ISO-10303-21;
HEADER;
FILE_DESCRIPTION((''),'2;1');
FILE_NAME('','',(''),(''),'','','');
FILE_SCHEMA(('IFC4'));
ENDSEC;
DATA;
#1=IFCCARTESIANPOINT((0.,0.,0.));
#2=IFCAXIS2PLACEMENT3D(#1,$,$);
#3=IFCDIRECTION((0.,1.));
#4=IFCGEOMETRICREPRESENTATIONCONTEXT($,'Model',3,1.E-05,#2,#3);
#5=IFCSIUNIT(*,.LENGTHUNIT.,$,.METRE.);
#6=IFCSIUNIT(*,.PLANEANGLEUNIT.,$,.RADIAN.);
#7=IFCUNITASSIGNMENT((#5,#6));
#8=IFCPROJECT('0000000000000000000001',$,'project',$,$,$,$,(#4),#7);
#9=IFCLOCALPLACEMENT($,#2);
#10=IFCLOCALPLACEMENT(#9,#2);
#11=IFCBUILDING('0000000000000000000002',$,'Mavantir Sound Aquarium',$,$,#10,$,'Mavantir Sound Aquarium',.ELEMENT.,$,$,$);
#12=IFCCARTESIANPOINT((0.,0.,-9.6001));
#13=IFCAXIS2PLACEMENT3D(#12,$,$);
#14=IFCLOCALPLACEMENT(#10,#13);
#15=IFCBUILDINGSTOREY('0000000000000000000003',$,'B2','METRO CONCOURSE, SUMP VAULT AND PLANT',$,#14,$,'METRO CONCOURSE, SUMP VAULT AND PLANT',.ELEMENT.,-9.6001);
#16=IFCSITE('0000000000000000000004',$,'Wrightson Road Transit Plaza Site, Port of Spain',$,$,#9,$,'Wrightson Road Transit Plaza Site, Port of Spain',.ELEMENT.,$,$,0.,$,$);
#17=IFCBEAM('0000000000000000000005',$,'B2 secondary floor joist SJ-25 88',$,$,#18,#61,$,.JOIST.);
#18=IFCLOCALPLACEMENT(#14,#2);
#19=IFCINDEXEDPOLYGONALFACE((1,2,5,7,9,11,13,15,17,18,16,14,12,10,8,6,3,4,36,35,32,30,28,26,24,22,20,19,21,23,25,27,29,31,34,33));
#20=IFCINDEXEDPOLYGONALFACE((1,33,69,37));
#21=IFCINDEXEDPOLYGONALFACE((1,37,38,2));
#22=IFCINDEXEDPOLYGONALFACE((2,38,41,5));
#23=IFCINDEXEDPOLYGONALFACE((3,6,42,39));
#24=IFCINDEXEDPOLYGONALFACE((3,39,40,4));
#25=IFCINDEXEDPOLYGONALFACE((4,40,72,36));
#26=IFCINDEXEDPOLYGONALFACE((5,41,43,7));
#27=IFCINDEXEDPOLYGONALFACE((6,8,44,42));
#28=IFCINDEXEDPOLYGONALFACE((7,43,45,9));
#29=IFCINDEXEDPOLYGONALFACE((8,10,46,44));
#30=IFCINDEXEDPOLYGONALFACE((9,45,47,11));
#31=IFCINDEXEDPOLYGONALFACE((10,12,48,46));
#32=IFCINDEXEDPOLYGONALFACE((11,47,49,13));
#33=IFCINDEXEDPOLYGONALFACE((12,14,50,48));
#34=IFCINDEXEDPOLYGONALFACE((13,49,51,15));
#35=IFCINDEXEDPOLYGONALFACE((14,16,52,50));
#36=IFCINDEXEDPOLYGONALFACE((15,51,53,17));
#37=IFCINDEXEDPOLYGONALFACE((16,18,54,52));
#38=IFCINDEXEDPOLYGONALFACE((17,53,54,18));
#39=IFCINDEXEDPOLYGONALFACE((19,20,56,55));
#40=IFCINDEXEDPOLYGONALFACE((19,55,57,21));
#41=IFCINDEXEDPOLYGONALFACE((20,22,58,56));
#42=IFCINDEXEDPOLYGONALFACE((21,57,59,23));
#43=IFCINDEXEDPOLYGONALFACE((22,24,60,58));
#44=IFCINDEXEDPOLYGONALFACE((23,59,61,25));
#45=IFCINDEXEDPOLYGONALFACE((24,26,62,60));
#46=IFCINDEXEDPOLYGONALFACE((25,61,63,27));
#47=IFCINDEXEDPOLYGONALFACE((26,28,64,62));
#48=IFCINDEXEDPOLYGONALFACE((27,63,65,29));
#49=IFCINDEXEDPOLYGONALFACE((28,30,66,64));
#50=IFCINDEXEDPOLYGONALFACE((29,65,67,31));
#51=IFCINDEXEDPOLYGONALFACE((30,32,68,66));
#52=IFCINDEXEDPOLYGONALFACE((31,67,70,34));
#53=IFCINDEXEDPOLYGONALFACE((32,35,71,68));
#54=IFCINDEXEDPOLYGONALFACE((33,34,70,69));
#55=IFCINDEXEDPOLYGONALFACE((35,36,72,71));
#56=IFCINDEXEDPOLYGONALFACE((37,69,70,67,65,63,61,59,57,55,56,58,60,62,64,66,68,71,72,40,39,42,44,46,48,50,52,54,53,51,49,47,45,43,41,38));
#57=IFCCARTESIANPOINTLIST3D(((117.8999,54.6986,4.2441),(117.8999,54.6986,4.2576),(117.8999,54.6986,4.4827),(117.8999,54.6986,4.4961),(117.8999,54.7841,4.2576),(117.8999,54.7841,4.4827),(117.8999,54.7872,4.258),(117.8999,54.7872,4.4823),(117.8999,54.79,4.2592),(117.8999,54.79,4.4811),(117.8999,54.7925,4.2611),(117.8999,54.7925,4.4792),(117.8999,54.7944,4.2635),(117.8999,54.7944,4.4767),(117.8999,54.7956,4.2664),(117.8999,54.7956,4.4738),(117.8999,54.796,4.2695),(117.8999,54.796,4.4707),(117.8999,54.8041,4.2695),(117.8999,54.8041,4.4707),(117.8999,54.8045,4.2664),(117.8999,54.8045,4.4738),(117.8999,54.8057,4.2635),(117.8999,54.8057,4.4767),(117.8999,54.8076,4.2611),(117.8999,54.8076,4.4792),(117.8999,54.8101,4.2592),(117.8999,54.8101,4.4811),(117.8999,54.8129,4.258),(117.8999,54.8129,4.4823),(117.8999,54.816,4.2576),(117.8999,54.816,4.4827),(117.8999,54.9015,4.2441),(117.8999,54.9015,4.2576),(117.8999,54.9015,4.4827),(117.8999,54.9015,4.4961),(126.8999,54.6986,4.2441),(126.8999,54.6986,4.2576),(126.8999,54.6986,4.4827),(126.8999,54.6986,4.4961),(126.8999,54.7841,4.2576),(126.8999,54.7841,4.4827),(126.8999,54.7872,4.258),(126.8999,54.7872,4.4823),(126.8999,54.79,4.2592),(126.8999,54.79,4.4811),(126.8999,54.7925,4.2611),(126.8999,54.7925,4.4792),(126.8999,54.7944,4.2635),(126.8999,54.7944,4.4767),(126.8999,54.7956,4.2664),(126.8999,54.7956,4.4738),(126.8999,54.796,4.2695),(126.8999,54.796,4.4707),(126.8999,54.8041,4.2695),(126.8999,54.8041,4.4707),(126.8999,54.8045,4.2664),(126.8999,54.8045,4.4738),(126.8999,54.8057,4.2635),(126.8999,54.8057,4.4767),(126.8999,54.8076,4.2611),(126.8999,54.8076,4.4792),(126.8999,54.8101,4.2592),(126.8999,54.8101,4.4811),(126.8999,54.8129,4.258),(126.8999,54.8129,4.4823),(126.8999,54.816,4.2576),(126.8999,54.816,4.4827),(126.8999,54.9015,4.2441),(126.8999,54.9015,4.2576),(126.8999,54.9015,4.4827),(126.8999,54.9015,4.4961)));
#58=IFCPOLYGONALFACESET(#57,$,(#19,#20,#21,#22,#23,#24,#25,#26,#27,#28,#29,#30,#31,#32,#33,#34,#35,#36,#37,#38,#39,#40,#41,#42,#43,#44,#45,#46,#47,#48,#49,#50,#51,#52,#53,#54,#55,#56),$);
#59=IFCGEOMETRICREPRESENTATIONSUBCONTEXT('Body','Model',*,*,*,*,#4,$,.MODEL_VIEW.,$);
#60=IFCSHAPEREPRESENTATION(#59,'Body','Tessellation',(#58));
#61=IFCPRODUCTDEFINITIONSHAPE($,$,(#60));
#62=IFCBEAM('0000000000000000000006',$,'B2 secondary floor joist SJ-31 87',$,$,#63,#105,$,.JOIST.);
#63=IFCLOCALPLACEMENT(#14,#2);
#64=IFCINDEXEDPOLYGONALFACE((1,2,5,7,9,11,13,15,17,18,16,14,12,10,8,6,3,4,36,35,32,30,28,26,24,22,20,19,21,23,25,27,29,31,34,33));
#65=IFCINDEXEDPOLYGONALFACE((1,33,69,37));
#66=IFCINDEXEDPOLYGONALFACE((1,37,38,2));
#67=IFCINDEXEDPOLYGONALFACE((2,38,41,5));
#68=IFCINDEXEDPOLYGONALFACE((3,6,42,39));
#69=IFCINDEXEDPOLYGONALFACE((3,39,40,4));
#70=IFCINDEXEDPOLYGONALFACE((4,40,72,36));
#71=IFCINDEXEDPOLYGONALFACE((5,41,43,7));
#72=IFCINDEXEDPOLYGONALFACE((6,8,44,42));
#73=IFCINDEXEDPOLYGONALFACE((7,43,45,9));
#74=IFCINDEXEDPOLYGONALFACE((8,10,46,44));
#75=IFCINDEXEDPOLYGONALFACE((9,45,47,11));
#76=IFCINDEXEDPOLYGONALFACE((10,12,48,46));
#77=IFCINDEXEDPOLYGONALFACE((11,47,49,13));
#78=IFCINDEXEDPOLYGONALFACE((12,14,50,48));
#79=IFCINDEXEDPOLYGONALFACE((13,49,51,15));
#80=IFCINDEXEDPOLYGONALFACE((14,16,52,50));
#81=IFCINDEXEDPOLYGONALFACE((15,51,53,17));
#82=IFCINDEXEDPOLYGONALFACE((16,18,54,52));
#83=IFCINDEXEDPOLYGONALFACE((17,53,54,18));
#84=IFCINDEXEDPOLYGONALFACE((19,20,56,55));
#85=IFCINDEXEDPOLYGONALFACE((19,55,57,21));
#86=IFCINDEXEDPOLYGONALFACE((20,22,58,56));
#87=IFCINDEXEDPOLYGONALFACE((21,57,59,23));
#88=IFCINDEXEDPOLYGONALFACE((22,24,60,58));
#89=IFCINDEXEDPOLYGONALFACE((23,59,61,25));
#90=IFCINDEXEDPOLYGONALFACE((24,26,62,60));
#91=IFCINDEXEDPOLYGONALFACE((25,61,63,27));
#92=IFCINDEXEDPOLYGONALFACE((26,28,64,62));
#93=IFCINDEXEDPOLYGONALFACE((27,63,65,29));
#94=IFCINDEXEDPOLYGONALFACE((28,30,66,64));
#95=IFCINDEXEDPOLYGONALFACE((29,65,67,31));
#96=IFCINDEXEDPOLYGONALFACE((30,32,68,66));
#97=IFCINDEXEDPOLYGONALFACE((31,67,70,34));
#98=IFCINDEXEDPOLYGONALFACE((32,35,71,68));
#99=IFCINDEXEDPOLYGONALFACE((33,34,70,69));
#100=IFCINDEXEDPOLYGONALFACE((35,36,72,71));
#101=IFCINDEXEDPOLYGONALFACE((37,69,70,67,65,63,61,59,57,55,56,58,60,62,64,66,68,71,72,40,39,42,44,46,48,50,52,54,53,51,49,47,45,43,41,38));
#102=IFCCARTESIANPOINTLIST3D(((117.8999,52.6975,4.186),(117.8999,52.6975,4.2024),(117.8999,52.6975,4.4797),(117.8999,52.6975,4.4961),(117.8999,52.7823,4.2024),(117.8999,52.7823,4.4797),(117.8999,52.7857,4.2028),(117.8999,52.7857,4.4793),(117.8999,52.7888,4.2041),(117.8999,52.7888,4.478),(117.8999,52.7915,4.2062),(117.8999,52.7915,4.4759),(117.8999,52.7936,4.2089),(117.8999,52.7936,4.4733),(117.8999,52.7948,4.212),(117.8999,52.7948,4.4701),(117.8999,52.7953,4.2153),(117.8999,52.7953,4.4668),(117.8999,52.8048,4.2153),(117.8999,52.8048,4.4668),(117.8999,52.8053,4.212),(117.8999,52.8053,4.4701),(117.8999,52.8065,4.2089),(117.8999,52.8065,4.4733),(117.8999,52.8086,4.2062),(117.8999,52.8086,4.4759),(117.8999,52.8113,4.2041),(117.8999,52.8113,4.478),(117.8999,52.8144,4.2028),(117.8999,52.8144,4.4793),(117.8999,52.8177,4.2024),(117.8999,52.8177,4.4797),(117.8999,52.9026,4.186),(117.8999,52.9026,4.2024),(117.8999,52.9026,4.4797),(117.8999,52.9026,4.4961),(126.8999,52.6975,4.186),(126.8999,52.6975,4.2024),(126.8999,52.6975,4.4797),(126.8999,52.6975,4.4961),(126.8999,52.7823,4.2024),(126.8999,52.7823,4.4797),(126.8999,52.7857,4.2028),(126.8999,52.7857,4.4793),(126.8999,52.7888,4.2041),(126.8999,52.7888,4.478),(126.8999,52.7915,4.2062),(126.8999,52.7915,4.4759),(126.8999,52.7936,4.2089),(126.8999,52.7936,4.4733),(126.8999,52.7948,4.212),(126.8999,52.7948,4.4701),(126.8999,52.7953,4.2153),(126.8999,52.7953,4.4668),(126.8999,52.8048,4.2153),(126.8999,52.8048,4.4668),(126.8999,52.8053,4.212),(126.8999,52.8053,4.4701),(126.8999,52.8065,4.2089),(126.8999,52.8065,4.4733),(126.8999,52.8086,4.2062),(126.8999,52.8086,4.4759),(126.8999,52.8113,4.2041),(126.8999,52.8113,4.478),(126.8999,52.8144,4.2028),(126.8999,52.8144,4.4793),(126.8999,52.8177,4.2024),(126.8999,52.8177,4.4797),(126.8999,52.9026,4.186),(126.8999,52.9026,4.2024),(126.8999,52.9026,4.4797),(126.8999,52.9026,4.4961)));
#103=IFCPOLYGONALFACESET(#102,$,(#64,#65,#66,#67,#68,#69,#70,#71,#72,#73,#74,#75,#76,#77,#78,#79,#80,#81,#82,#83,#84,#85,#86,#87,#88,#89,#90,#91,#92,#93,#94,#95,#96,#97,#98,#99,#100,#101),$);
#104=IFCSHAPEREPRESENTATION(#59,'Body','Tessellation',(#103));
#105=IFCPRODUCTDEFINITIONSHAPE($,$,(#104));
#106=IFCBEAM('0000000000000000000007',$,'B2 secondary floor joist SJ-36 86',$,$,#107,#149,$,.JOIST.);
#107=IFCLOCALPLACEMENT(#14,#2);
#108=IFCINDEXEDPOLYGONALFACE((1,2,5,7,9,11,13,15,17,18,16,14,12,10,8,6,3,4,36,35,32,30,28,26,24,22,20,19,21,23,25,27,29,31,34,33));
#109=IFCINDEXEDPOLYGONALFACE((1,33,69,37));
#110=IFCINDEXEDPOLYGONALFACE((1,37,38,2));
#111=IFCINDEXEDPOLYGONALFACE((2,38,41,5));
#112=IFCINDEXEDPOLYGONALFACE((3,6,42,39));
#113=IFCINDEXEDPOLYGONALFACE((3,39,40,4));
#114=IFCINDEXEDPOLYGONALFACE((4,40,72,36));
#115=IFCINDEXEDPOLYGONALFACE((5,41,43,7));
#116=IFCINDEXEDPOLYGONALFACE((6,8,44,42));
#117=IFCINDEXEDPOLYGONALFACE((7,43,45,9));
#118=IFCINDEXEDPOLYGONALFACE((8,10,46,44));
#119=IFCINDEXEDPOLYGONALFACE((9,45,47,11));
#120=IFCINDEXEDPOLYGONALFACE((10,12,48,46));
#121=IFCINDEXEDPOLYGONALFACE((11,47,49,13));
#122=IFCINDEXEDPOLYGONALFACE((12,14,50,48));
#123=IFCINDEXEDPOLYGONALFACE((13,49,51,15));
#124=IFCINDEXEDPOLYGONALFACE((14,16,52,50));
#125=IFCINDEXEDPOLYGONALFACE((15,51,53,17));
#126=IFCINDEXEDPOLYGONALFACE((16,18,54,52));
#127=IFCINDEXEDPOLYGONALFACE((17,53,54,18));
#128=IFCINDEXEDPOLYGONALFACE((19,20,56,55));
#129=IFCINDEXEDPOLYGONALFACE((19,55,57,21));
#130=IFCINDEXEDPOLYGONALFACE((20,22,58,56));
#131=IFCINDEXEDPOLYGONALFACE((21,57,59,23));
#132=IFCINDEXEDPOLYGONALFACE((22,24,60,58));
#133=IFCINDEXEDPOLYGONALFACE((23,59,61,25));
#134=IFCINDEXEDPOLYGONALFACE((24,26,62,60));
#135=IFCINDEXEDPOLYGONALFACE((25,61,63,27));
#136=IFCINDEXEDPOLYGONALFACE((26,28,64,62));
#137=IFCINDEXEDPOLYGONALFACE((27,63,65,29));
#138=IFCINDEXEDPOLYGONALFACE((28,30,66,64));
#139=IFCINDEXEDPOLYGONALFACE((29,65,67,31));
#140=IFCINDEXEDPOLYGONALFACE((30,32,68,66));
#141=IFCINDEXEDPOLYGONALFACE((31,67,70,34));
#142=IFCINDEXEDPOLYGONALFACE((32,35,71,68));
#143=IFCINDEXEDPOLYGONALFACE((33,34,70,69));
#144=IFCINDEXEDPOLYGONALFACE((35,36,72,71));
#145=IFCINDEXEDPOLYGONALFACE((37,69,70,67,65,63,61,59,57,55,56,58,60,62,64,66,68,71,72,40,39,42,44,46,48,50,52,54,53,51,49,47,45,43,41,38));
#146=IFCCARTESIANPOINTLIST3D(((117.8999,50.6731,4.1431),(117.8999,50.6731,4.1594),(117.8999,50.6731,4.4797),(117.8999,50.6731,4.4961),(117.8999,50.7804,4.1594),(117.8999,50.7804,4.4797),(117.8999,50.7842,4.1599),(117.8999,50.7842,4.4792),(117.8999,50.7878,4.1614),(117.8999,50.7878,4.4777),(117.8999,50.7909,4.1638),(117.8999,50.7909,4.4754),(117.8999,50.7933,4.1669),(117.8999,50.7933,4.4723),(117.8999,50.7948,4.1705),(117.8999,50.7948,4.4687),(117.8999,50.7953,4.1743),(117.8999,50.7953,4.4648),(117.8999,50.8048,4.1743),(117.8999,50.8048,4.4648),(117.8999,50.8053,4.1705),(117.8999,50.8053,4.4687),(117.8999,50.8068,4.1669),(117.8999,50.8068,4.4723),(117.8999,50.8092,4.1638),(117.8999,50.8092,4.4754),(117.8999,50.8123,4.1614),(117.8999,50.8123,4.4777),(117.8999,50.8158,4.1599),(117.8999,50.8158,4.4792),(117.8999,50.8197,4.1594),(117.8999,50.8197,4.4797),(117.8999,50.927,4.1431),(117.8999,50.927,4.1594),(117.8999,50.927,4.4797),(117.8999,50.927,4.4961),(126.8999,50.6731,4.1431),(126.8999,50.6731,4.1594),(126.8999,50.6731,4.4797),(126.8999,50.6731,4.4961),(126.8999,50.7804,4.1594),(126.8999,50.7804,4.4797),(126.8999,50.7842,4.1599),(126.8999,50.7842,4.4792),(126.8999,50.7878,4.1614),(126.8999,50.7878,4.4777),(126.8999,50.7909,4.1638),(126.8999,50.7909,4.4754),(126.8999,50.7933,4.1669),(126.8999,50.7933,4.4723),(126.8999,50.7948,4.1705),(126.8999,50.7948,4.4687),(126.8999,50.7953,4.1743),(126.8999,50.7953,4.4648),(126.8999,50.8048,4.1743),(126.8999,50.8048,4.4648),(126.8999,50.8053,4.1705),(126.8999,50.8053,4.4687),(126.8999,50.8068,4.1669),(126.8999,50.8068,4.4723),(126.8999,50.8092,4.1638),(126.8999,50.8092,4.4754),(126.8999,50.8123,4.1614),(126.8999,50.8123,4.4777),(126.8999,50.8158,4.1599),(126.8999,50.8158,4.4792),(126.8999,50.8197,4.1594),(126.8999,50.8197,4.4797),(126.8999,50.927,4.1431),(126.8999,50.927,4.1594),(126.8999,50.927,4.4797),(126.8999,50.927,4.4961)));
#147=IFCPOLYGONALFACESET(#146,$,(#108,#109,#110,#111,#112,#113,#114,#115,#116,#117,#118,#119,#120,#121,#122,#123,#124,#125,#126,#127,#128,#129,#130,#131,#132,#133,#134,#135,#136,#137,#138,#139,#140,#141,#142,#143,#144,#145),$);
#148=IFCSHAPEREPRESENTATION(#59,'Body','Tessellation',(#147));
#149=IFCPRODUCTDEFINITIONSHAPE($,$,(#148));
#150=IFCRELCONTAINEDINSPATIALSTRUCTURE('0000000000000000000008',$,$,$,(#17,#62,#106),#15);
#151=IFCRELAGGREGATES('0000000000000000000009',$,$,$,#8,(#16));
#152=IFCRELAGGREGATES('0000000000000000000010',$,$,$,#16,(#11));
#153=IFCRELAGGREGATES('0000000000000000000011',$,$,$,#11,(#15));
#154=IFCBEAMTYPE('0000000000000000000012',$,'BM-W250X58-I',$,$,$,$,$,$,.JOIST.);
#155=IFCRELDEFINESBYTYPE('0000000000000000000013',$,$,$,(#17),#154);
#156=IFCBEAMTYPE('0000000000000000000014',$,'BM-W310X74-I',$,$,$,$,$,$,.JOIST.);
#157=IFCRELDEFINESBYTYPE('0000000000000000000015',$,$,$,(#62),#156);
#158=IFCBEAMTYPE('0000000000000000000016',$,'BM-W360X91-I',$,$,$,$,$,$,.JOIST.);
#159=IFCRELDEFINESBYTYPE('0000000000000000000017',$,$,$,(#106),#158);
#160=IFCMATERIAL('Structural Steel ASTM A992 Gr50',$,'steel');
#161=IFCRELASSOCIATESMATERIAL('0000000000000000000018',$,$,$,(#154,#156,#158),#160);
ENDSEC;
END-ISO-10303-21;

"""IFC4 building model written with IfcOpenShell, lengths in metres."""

from ifc_helpers import new_model, si_unit, direction, frame, origin, origin_2d, place, context, subcontext, project, spatial, i_section, extrude, material, material_profile, profile_set, type_object, element, save


model = new_model("IFC4")

# Units and contexts
model_context = context("Model", 3, precision=1e-05, world=origin(), true_north=direction((0.0, 1.0)))
body_context = subcontext(model_context, "Body", "Model", "MODEL_VIEW")
ifc_project = project(units=[si_unit("LENGTHUNIT", "METRE"), si_unit("PLANEANGLEUNIT", "RADIAN")], contexts=[model_context])

# Site, building, storey
site_placement = place(None, origin())
site = spatial("IfcSite", under=ifc_project, at=site_placement, Name="Wrightson Road Transit Plaza Site, Port of Spain", LongName="Wrightson Road Transit Plaza Site, Port of Spain", CompositionType="ELEMENT", RefElevation=0.0)
building_placement = place(site_placement, origin())
building = spatial("IfcBuilding", under=site, at=building_placement, Name="Mavantir Sound Aquarium", LongName="Mavantir Sound Aquarium", CompositionType="ELEMENT")
storey_placement = place(building_placement, frame((0.0, 0.0, -9.6001)))
storey = spatial("IfcBuildingStorey", under=building, at=storey_placement, Name="B2", Description="METRO CONCOURSE, SUMP VAULT AND PLANT", LongName="METRO CONCOURSE, SUMP VAULT AND PLANT", CompositionType="ELEMENT", Elevation=-9.6001)

# Beams
ifc_material_1 = material(Name="Structural Steel ASTM A992 Gr50", Category="steel")
ifc_material_profile_1 = material_profile(ifc_material_1, i_section(OverallWidth=0.2029, OverallDepth=0.252, WebThickness=0.0081, FlangeThickness=0.0134, FilletRadius=0.012, at=origin_2d()), Name="W250X58")
ifc_profile_set_1 = profile_set([ifc_material_profile_1], Name="Structural Steel ASTM A992 Gr50")
beam_type_1 = type_object("IfcBeamType", Name="BM-W250X58-I", PredefinedType="JOIST", material=ifc_profile_set_1)
beam_1_placement = place(storey_placement, frame((117.8999, 54.8, 4.3701), z_axis=(1.0, 0.0, 0.0), x_axis=(0.0, 1.0, 0.0)))
element("IfcBeam", 1, at=beam_1_placement, inside=storey, type_object=beam_type_1, Name="B2 secondary floor joist SJ-25 88", PredefinedType="JOIST", context=body_context, shape_type="SweptSolid", body=[
    extrude(i_section(OverallWidth=0.2029, OverallDepth=0.252, WebThickness=0.0081, FlangeThickness=0.0134, FilletRadius=0.012, at=origin_2d()), origin(), (0.0, 0.0, 1.0), 9.0),
])
ifc_material_profile_2 = material_profile(ifc_material_1, i_section(OverallWidth=0.2051, OverallDepth=0.3101, WebThickness=0.0095, FlangeThickness=0.0164, FilletRadius=0.0129, at=origin_2d()), Name="W310X74")
ifc_profile_set_2 = profile_set([ifc_material_profile_2], Name="Structural Steel ASTM A992 Gr50")
beam_type_2 = type_object("IfcBeamType", Name="BM-W310X74-I", PredefinedType="JOIST", material=ifc_profile_set_2)
beam_2_placement = place(storey_placement, frame((117.8999, 52.8, 4.3411), z_axis=(1.0, 0.0, 0.0), x_axis=(0.0, 1.0, 0.0)))
element("IfcBeam", 2, at=beam_2_placement, inside=storey, type_object=beam_type_2, Name="B2 secondary floor joist SJ-31 87", PredefinedType="JOIST", context=body_context, shape_type="SweptSolid", body=[
    extrude(i_section(OverallWidth=0.2051, OverallDepth=0.3101, WebThickness=0.0095, FlangeThickness=0.0164, FilletRadius=0.0129, at=origin_2d()), origin(), (0.0, 0.0, 1.0), 9.0),
])
ifc_material_profile_3 = material_profile(ifc_material_1, i_section(OverallWidth=0.2539, OverallDepth=0.353, WebThickness=0.0095, FlangeThickness=0.0164, FilletRadius=0.0149, at=origin_2d()), Name="W360X91")
ifc_profile_set_3 = profile_set([ifc_material_profile_3], Name="Structural Steel ASTM A992 Gr50")
beam_type_3 = type_object("IfcBeamType", Name="BM-W360X91-I", PredefinedType="JOIST", material=ifc_profile_set_3)
beam_3_placement = place(storey_placement, frame((117.8999, 50.8, 4.3196), z_axis=(1.0, 0.0, 0.0), x_axis=(0.0, 1.0, 0.0)))
element("IfcBeam", 3, at=beam_3_placement, inside=storey, type_object=beam_type_3, Name="B2 secondary floor joist SJ-36 86", PredefinedType="JOIST", context=body_context, shape_type="SweptSolid", body=[
    extrude(i_section(OverallWidth=0.2539, OverallDepth=0.353, WebThickness=0.0095, FlangeThickness=0.0164, FilletRadius=0.0149, at=origin_2d()), origin(), (0.0, 0.0, 1.0), 9.0),
])

save(model, "model.ifc")
